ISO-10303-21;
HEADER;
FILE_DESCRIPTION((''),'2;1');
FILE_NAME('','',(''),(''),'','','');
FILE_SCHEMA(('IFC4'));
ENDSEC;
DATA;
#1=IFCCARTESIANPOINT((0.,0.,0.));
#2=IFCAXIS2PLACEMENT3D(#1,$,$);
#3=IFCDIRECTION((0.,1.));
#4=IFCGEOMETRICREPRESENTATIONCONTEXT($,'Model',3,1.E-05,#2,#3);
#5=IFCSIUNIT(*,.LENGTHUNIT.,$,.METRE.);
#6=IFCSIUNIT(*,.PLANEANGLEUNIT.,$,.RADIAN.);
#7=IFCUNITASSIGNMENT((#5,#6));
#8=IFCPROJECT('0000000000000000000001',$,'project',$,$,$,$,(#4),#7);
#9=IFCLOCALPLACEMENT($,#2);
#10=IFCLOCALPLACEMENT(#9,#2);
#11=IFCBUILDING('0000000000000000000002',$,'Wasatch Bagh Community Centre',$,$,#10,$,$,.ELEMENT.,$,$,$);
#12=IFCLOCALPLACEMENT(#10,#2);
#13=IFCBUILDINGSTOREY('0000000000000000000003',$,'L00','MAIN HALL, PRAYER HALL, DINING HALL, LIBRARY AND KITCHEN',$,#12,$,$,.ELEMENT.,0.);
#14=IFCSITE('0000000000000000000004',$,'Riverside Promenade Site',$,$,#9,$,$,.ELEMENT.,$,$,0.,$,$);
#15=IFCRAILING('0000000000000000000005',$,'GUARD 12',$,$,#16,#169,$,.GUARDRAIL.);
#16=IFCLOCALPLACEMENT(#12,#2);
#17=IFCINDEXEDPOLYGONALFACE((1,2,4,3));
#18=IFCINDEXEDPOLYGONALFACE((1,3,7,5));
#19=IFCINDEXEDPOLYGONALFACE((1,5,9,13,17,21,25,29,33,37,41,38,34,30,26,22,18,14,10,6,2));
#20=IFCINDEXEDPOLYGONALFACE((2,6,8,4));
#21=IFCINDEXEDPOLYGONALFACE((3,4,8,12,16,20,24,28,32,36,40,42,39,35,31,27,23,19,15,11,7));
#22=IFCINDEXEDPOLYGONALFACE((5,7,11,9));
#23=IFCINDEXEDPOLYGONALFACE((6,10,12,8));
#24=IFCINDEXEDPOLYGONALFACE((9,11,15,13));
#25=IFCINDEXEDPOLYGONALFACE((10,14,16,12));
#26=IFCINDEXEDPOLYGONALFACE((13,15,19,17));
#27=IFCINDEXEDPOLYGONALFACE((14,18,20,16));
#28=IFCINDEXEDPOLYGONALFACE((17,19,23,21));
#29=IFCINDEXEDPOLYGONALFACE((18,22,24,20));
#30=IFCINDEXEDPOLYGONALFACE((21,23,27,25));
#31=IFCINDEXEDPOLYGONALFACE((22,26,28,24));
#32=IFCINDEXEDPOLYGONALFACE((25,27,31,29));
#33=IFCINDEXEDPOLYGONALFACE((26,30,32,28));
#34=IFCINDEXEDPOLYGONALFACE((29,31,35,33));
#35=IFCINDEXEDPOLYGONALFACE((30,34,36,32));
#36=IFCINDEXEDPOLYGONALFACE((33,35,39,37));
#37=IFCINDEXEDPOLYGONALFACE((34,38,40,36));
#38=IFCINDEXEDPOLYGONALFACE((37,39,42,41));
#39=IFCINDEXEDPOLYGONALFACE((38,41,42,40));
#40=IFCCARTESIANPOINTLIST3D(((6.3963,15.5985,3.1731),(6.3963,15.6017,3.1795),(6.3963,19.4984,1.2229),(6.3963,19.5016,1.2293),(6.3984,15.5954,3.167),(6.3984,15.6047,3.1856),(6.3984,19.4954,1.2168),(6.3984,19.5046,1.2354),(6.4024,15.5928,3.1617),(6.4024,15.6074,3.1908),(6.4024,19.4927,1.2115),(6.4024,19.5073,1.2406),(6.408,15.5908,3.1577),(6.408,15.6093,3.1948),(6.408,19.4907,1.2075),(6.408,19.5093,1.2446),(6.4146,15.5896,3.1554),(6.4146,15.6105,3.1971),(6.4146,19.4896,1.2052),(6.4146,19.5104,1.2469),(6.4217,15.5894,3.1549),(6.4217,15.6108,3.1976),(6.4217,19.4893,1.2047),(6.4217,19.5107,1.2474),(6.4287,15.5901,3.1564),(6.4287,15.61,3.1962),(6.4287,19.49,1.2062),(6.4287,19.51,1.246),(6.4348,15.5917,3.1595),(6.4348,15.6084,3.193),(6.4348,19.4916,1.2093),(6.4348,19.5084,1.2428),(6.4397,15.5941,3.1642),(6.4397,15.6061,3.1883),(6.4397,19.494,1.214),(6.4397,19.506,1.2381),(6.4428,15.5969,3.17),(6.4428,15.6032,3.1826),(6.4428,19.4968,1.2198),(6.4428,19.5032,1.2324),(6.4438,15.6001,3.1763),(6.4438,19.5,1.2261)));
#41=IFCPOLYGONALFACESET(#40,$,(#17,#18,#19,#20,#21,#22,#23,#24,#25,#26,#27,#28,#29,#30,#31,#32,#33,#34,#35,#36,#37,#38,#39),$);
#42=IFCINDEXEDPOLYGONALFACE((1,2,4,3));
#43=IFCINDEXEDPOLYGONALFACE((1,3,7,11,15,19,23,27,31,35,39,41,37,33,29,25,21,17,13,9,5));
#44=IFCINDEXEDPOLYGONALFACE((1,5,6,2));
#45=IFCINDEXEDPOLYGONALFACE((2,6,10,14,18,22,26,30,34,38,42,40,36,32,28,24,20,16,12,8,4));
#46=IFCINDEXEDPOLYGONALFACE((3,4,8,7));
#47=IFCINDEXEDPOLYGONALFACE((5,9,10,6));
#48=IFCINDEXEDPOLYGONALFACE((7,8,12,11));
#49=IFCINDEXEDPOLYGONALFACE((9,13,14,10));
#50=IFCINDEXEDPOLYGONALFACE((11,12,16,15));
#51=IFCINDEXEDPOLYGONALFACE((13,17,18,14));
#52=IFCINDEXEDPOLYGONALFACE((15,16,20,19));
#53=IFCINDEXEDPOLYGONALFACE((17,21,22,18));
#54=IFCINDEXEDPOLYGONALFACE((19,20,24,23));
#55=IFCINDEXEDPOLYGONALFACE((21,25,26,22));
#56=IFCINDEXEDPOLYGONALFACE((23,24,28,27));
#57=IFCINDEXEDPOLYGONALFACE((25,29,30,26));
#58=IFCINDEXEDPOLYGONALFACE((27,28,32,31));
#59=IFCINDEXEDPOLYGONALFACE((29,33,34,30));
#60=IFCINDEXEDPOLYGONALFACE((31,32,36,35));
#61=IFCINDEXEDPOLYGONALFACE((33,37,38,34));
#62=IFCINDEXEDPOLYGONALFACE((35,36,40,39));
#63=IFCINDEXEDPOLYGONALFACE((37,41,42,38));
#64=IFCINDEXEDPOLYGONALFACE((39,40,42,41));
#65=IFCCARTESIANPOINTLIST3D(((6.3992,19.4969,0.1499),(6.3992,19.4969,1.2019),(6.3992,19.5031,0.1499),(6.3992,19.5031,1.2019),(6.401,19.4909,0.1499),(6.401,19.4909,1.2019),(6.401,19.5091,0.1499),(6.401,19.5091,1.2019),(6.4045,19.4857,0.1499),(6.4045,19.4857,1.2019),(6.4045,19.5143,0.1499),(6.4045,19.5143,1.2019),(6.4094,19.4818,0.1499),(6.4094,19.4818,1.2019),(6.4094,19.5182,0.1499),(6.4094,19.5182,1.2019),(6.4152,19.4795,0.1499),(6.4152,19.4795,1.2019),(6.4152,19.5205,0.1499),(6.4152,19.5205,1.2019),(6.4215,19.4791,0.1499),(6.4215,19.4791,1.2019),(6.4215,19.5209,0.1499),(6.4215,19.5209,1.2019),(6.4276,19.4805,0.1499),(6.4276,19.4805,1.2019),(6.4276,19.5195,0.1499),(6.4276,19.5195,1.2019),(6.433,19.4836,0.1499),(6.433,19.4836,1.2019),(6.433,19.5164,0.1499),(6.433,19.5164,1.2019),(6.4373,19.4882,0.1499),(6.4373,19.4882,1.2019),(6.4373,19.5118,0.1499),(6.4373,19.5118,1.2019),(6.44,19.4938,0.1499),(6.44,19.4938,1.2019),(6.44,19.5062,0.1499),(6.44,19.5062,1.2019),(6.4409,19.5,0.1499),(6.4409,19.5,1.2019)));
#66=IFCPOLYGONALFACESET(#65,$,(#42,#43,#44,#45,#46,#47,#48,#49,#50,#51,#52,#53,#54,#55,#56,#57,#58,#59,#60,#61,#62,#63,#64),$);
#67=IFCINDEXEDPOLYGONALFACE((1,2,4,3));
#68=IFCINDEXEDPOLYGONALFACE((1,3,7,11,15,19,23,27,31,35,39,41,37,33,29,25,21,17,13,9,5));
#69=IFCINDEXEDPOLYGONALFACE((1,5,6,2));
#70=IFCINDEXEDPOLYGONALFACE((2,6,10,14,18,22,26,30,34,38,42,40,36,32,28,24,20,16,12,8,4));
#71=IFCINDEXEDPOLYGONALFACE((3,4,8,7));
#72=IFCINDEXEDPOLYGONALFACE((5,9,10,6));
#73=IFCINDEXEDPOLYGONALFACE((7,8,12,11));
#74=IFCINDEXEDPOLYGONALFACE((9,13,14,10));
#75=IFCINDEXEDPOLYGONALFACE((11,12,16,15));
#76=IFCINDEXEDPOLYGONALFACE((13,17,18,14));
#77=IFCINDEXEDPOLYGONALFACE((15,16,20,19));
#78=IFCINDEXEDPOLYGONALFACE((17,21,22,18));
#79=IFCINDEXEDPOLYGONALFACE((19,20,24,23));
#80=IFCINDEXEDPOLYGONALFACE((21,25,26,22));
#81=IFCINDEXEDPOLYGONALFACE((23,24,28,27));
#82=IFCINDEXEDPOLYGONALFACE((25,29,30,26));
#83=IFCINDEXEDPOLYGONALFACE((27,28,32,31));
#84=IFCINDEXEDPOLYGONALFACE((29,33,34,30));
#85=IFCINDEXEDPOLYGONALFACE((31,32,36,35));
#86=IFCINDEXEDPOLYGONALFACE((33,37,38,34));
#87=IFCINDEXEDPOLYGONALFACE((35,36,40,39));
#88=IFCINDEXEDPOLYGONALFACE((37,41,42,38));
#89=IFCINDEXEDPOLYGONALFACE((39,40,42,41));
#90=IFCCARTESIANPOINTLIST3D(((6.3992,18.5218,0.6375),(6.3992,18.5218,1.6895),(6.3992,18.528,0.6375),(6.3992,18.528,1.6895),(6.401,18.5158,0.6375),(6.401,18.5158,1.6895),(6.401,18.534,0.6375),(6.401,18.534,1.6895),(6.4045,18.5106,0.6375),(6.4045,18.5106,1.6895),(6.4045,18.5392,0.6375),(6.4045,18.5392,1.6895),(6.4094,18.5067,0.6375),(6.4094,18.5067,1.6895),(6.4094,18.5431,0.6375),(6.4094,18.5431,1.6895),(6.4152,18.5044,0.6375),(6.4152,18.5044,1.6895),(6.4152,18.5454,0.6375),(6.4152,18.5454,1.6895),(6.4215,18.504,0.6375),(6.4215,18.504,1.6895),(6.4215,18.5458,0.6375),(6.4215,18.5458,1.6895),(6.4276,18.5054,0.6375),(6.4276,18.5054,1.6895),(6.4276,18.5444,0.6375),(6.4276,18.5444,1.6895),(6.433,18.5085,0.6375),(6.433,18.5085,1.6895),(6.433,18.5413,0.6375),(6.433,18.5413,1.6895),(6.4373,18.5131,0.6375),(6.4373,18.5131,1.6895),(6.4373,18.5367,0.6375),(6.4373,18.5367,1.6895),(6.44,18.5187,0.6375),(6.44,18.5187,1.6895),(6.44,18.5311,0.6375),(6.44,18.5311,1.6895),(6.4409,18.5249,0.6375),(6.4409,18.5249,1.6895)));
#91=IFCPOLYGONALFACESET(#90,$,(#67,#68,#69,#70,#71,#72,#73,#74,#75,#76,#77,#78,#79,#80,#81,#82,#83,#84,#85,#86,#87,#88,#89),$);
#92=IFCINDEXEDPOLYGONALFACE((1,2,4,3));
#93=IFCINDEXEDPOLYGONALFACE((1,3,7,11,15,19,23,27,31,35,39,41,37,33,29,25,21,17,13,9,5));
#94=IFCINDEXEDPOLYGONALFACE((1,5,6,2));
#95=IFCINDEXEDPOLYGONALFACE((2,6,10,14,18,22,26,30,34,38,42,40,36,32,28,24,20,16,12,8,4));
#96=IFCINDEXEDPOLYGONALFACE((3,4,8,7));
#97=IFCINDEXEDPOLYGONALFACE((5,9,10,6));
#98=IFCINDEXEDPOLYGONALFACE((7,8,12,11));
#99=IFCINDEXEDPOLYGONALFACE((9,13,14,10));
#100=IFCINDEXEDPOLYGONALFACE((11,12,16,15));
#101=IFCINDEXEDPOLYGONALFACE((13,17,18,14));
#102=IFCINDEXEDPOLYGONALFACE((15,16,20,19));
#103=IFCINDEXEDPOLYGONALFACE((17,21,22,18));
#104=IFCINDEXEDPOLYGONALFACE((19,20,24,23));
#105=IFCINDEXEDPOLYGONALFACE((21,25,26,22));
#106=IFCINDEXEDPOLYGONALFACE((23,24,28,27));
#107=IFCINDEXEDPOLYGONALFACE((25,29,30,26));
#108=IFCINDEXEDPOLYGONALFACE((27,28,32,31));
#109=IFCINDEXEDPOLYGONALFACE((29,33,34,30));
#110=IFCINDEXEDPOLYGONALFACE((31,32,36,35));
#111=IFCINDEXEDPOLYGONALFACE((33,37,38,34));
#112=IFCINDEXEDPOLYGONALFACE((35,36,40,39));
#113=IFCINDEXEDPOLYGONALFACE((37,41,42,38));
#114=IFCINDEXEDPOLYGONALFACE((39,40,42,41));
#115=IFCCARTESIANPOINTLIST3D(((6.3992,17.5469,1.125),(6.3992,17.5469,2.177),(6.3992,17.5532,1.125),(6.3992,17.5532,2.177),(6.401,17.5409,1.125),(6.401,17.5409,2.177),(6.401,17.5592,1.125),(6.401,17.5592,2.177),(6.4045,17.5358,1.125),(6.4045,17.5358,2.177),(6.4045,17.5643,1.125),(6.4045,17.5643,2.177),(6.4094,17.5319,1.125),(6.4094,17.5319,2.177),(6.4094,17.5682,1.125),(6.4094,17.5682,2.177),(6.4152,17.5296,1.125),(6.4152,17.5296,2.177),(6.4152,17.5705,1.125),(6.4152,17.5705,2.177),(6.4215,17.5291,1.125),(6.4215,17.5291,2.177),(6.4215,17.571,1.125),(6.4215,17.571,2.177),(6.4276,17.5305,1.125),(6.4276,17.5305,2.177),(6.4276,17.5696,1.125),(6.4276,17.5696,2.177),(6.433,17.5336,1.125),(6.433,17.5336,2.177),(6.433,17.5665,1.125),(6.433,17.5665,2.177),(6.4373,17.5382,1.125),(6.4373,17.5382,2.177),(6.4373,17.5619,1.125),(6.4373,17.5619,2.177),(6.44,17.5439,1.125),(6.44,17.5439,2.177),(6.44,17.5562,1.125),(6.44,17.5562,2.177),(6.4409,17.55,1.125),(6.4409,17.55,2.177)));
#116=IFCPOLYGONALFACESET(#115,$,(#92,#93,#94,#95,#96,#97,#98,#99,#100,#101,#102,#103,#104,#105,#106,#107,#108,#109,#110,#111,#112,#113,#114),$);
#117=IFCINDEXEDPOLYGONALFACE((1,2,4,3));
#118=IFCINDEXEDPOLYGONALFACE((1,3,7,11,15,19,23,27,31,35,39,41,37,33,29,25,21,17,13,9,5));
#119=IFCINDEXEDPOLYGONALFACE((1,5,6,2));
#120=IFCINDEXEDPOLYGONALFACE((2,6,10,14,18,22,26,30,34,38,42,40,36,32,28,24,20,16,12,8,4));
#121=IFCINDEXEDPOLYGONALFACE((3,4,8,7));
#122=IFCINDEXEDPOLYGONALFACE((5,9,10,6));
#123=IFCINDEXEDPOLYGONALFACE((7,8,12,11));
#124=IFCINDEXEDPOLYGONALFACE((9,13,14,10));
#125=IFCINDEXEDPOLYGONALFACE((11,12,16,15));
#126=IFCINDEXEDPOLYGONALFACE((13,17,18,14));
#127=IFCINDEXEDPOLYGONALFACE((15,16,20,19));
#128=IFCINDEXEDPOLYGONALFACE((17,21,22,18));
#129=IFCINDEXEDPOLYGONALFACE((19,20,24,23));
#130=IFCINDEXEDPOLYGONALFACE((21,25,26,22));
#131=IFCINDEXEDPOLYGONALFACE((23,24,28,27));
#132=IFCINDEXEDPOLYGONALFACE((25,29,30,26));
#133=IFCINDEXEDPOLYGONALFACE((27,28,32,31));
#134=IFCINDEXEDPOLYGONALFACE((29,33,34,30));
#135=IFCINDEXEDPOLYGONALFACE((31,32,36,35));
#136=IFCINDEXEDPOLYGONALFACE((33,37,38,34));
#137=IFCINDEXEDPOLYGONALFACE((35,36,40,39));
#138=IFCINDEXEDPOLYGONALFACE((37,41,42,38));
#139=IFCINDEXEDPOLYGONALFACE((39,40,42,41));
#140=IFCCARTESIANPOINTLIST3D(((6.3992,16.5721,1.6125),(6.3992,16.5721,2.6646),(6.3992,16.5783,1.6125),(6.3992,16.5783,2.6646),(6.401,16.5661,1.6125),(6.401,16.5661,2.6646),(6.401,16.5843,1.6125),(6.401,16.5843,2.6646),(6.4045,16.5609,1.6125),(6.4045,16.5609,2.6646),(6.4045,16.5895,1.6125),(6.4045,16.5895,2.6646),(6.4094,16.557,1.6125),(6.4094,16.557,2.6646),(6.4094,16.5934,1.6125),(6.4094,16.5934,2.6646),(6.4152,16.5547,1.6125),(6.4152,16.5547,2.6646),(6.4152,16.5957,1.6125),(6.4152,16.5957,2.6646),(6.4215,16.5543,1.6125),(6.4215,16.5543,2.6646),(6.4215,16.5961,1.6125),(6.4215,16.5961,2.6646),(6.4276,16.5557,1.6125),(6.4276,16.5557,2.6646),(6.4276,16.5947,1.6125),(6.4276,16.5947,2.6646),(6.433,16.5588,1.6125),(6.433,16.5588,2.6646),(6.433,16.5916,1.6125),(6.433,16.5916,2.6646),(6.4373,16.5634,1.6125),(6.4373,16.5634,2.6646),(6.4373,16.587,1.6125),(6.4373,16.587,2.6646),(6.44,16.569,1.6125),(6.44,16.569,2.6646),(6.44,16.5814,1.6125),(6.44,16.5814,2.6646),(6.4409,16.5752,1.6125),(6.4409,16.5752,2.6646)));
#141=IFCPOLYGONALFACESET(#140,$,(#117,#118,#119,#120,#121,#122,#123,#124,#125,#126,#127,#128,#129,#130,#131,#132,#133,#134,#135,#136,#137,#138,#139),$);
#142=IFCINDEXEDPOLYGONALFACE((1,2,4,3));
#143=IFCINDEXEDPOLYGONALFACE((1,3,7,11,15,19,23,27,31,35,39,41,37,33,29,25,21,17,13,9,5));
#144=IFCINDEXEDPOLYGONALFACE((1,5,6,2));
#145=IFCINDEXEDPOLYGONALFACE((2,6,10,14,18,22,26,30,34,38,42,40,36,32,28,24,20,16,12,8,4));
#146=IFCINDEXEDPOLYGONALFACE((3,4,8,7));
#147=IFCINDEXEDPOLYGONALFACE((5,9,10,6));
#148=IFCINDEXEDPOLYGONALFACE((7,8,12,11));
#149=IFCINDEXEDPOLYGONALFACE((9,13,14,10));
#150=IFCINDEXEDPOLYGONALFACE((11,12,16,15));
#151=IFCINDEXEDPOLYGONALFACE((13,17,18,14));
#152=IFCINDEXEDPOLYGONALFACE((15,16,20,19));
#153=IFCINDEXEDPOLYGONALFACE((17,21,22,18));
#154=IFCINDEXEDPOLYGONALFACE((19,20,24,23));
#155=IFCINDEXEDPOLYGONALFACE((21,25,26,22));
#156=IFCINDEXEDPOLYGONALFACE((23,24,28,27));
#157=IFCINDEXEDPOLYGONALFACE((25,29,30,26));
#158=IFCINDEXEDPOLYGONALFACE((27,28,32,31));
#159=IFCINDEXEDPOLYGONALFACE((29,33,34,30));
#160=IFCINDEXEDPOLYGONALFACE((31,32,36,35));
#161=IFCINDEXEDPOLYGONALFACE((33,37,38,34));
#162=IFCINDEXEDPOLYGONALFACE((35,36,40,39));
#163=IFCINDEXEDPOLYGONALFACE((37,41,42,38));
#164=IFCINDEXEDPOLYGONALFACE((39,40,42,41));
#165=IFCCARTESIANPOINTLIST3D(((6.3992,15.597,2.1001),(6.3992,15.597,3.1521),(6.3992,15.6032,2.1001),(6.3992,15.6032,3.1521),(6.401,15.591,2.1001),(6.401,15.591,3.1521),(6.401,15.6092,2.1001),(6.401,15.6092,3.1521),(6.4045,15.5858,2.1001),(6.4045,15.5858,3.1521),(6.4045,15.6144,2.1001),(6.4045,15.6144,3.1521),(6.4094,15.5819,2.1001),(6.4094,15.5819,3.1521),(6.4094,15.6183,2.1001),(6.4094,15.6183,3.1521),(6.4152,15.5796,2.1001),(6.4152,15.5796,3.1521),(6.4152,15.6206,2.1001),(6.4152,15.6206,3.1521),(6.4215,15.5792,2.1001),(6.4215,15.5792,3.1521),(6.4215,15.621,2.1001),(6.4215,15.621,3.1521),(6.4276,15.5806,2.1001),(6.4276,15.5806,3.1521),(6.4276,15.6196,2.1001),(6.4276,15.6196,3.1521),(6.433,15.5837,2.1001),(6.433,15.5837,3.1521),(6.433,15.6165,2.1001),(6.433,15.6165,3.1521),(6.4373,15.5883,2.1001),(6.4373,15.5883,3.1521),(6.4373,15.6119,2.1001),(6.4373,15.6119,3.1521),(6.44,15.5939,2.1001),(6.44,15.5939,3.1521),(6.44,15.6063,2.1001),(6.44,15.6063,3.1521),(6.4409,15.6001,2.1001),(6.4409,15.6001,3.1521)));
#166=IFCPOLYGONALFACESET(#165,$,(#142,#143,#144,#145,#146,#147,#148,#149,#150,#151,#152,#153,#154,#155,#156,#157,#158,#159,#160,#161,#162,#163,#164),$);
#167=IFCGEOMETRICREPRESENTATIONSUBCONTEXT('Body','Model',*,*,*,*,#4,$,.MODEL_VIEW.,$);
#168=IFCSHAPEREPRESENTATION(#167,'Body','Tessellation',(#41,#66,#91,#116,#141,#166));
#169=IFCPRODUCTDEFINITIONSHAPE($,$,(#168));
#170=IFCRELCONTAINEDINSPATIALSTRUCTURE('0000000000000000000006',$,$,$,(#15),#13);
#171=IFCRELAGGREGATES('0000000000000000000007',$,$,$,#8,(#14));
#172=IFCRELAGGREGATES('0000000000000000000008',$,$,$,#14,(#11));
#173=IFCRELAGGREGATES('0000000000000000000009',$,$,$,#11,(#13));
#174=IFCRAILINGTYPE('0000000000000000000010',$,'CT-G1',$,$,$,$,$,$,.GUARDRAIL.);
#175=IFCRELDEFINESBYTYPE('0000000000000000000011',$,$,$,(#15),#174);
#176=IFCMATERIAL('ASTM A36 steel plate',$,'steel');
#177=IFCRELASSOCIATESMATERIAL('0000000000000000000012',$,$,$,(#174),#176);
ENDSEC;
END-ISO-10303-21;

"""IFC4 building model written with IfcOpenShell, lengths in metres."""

from ifc_helpers import new_model, si_unit, direction, frame, origin, origin_2d, place, context, subcontext, project, spatial, circle, extrude, material, type_object, element, save


model = new_model("IFC4")

# Units and contexts
model_context = context("Model", 3, precision=1e-05, world=origin(), true_north=direction((0.0, 1.0)))
body_context = subcontext(model_context, "Body", "Model", "MODEL_VIEW")
ifc_project = project(units=[si_unit("LENGTHUNIT", "METRE"), si_unit("PLANEANGLEUNIT", "RADIAN")], contexts=[model_context])

# Site, building, storey
site_placement = place(None, origin())
site = spatial("IfcSite", under=ifc_project, at=site_placement, Name="Riverside Promenade Site", CompositionType="ELEMENT", RefElevation=0.0)
building_placement = place(site_placement, origin())
building = spatial("IfcBuilding", under=site, at=building_placement, Name="Wasatch Bagh Community Centre", CompositionType="ELEMENT")
storey_placement = place(building_placement, origin())
storey = spatial("IfcBuildingStorey", under=building, at=storey_placement, Name="L00", Description="MAIN HALL, PRAYER HALL, DINING HALL, LIBRARY AND KITCHEN", CompositionType="ELEMENT", Elevation=0.0)

# Railing
ifc_material_1 = material(Name="ASTM A36 steel plate", Category="steel")
railing_type_1 = type_object("IfcRailingType", Name="CT-G1", PredefinedType="GUARDRAIL", material=ifc_material_1)
for number, where, name in (
    (1, (6.4199, 19.5, 0.1499), "GUARD 12"),
):
    element("IfcRailing", number, at=place(storey_placement, frame(where)), inside=storey, type_object=railing_type_1, Name=name, PredefinedType="GUARDRAIL", context=body_context, shape_type="SweptSolid", body=[
        extrude(circle(Radius=0.0239, at=origin_2d()), frame((0.0, 0.0, 1.0762), z_axis=(0.0, -0.894405, 0.447258), x_axis=(1.0, 0.0, 0.0)), (0.0, 0.0, 1.0), 4.3604),
        extrude(circle(Radius=0.021, at=origin_2d()), origin(), (0.0, 0.0, 1.0), 1.052),
        extrude(circle(Radius=0.021, at=origin_2d()), frame((0.0, -0.9751, 0.4875)), (0.0, 0.0, 1.0), 1.052),
        extrude(circle(Radius=0.021, at=origin_2d()), frame((0.0, -1.95, 0.9751)), (0.0, 0.0, 1.0), 1.052),
        extrude(circle(Radius=0.021, at=origin_2d()), frame((0.0, -2.9248, 1.4626)), (0.0, 0.0, 1.0), 1.052),
        extrude(circle(Radius=0.021, at=origin_2d()), frame((0.0, -3.8999, 1.9502)), (0.0, 0.0, 1.0), 1.052),
    ])

save(model, "model.ifc")
